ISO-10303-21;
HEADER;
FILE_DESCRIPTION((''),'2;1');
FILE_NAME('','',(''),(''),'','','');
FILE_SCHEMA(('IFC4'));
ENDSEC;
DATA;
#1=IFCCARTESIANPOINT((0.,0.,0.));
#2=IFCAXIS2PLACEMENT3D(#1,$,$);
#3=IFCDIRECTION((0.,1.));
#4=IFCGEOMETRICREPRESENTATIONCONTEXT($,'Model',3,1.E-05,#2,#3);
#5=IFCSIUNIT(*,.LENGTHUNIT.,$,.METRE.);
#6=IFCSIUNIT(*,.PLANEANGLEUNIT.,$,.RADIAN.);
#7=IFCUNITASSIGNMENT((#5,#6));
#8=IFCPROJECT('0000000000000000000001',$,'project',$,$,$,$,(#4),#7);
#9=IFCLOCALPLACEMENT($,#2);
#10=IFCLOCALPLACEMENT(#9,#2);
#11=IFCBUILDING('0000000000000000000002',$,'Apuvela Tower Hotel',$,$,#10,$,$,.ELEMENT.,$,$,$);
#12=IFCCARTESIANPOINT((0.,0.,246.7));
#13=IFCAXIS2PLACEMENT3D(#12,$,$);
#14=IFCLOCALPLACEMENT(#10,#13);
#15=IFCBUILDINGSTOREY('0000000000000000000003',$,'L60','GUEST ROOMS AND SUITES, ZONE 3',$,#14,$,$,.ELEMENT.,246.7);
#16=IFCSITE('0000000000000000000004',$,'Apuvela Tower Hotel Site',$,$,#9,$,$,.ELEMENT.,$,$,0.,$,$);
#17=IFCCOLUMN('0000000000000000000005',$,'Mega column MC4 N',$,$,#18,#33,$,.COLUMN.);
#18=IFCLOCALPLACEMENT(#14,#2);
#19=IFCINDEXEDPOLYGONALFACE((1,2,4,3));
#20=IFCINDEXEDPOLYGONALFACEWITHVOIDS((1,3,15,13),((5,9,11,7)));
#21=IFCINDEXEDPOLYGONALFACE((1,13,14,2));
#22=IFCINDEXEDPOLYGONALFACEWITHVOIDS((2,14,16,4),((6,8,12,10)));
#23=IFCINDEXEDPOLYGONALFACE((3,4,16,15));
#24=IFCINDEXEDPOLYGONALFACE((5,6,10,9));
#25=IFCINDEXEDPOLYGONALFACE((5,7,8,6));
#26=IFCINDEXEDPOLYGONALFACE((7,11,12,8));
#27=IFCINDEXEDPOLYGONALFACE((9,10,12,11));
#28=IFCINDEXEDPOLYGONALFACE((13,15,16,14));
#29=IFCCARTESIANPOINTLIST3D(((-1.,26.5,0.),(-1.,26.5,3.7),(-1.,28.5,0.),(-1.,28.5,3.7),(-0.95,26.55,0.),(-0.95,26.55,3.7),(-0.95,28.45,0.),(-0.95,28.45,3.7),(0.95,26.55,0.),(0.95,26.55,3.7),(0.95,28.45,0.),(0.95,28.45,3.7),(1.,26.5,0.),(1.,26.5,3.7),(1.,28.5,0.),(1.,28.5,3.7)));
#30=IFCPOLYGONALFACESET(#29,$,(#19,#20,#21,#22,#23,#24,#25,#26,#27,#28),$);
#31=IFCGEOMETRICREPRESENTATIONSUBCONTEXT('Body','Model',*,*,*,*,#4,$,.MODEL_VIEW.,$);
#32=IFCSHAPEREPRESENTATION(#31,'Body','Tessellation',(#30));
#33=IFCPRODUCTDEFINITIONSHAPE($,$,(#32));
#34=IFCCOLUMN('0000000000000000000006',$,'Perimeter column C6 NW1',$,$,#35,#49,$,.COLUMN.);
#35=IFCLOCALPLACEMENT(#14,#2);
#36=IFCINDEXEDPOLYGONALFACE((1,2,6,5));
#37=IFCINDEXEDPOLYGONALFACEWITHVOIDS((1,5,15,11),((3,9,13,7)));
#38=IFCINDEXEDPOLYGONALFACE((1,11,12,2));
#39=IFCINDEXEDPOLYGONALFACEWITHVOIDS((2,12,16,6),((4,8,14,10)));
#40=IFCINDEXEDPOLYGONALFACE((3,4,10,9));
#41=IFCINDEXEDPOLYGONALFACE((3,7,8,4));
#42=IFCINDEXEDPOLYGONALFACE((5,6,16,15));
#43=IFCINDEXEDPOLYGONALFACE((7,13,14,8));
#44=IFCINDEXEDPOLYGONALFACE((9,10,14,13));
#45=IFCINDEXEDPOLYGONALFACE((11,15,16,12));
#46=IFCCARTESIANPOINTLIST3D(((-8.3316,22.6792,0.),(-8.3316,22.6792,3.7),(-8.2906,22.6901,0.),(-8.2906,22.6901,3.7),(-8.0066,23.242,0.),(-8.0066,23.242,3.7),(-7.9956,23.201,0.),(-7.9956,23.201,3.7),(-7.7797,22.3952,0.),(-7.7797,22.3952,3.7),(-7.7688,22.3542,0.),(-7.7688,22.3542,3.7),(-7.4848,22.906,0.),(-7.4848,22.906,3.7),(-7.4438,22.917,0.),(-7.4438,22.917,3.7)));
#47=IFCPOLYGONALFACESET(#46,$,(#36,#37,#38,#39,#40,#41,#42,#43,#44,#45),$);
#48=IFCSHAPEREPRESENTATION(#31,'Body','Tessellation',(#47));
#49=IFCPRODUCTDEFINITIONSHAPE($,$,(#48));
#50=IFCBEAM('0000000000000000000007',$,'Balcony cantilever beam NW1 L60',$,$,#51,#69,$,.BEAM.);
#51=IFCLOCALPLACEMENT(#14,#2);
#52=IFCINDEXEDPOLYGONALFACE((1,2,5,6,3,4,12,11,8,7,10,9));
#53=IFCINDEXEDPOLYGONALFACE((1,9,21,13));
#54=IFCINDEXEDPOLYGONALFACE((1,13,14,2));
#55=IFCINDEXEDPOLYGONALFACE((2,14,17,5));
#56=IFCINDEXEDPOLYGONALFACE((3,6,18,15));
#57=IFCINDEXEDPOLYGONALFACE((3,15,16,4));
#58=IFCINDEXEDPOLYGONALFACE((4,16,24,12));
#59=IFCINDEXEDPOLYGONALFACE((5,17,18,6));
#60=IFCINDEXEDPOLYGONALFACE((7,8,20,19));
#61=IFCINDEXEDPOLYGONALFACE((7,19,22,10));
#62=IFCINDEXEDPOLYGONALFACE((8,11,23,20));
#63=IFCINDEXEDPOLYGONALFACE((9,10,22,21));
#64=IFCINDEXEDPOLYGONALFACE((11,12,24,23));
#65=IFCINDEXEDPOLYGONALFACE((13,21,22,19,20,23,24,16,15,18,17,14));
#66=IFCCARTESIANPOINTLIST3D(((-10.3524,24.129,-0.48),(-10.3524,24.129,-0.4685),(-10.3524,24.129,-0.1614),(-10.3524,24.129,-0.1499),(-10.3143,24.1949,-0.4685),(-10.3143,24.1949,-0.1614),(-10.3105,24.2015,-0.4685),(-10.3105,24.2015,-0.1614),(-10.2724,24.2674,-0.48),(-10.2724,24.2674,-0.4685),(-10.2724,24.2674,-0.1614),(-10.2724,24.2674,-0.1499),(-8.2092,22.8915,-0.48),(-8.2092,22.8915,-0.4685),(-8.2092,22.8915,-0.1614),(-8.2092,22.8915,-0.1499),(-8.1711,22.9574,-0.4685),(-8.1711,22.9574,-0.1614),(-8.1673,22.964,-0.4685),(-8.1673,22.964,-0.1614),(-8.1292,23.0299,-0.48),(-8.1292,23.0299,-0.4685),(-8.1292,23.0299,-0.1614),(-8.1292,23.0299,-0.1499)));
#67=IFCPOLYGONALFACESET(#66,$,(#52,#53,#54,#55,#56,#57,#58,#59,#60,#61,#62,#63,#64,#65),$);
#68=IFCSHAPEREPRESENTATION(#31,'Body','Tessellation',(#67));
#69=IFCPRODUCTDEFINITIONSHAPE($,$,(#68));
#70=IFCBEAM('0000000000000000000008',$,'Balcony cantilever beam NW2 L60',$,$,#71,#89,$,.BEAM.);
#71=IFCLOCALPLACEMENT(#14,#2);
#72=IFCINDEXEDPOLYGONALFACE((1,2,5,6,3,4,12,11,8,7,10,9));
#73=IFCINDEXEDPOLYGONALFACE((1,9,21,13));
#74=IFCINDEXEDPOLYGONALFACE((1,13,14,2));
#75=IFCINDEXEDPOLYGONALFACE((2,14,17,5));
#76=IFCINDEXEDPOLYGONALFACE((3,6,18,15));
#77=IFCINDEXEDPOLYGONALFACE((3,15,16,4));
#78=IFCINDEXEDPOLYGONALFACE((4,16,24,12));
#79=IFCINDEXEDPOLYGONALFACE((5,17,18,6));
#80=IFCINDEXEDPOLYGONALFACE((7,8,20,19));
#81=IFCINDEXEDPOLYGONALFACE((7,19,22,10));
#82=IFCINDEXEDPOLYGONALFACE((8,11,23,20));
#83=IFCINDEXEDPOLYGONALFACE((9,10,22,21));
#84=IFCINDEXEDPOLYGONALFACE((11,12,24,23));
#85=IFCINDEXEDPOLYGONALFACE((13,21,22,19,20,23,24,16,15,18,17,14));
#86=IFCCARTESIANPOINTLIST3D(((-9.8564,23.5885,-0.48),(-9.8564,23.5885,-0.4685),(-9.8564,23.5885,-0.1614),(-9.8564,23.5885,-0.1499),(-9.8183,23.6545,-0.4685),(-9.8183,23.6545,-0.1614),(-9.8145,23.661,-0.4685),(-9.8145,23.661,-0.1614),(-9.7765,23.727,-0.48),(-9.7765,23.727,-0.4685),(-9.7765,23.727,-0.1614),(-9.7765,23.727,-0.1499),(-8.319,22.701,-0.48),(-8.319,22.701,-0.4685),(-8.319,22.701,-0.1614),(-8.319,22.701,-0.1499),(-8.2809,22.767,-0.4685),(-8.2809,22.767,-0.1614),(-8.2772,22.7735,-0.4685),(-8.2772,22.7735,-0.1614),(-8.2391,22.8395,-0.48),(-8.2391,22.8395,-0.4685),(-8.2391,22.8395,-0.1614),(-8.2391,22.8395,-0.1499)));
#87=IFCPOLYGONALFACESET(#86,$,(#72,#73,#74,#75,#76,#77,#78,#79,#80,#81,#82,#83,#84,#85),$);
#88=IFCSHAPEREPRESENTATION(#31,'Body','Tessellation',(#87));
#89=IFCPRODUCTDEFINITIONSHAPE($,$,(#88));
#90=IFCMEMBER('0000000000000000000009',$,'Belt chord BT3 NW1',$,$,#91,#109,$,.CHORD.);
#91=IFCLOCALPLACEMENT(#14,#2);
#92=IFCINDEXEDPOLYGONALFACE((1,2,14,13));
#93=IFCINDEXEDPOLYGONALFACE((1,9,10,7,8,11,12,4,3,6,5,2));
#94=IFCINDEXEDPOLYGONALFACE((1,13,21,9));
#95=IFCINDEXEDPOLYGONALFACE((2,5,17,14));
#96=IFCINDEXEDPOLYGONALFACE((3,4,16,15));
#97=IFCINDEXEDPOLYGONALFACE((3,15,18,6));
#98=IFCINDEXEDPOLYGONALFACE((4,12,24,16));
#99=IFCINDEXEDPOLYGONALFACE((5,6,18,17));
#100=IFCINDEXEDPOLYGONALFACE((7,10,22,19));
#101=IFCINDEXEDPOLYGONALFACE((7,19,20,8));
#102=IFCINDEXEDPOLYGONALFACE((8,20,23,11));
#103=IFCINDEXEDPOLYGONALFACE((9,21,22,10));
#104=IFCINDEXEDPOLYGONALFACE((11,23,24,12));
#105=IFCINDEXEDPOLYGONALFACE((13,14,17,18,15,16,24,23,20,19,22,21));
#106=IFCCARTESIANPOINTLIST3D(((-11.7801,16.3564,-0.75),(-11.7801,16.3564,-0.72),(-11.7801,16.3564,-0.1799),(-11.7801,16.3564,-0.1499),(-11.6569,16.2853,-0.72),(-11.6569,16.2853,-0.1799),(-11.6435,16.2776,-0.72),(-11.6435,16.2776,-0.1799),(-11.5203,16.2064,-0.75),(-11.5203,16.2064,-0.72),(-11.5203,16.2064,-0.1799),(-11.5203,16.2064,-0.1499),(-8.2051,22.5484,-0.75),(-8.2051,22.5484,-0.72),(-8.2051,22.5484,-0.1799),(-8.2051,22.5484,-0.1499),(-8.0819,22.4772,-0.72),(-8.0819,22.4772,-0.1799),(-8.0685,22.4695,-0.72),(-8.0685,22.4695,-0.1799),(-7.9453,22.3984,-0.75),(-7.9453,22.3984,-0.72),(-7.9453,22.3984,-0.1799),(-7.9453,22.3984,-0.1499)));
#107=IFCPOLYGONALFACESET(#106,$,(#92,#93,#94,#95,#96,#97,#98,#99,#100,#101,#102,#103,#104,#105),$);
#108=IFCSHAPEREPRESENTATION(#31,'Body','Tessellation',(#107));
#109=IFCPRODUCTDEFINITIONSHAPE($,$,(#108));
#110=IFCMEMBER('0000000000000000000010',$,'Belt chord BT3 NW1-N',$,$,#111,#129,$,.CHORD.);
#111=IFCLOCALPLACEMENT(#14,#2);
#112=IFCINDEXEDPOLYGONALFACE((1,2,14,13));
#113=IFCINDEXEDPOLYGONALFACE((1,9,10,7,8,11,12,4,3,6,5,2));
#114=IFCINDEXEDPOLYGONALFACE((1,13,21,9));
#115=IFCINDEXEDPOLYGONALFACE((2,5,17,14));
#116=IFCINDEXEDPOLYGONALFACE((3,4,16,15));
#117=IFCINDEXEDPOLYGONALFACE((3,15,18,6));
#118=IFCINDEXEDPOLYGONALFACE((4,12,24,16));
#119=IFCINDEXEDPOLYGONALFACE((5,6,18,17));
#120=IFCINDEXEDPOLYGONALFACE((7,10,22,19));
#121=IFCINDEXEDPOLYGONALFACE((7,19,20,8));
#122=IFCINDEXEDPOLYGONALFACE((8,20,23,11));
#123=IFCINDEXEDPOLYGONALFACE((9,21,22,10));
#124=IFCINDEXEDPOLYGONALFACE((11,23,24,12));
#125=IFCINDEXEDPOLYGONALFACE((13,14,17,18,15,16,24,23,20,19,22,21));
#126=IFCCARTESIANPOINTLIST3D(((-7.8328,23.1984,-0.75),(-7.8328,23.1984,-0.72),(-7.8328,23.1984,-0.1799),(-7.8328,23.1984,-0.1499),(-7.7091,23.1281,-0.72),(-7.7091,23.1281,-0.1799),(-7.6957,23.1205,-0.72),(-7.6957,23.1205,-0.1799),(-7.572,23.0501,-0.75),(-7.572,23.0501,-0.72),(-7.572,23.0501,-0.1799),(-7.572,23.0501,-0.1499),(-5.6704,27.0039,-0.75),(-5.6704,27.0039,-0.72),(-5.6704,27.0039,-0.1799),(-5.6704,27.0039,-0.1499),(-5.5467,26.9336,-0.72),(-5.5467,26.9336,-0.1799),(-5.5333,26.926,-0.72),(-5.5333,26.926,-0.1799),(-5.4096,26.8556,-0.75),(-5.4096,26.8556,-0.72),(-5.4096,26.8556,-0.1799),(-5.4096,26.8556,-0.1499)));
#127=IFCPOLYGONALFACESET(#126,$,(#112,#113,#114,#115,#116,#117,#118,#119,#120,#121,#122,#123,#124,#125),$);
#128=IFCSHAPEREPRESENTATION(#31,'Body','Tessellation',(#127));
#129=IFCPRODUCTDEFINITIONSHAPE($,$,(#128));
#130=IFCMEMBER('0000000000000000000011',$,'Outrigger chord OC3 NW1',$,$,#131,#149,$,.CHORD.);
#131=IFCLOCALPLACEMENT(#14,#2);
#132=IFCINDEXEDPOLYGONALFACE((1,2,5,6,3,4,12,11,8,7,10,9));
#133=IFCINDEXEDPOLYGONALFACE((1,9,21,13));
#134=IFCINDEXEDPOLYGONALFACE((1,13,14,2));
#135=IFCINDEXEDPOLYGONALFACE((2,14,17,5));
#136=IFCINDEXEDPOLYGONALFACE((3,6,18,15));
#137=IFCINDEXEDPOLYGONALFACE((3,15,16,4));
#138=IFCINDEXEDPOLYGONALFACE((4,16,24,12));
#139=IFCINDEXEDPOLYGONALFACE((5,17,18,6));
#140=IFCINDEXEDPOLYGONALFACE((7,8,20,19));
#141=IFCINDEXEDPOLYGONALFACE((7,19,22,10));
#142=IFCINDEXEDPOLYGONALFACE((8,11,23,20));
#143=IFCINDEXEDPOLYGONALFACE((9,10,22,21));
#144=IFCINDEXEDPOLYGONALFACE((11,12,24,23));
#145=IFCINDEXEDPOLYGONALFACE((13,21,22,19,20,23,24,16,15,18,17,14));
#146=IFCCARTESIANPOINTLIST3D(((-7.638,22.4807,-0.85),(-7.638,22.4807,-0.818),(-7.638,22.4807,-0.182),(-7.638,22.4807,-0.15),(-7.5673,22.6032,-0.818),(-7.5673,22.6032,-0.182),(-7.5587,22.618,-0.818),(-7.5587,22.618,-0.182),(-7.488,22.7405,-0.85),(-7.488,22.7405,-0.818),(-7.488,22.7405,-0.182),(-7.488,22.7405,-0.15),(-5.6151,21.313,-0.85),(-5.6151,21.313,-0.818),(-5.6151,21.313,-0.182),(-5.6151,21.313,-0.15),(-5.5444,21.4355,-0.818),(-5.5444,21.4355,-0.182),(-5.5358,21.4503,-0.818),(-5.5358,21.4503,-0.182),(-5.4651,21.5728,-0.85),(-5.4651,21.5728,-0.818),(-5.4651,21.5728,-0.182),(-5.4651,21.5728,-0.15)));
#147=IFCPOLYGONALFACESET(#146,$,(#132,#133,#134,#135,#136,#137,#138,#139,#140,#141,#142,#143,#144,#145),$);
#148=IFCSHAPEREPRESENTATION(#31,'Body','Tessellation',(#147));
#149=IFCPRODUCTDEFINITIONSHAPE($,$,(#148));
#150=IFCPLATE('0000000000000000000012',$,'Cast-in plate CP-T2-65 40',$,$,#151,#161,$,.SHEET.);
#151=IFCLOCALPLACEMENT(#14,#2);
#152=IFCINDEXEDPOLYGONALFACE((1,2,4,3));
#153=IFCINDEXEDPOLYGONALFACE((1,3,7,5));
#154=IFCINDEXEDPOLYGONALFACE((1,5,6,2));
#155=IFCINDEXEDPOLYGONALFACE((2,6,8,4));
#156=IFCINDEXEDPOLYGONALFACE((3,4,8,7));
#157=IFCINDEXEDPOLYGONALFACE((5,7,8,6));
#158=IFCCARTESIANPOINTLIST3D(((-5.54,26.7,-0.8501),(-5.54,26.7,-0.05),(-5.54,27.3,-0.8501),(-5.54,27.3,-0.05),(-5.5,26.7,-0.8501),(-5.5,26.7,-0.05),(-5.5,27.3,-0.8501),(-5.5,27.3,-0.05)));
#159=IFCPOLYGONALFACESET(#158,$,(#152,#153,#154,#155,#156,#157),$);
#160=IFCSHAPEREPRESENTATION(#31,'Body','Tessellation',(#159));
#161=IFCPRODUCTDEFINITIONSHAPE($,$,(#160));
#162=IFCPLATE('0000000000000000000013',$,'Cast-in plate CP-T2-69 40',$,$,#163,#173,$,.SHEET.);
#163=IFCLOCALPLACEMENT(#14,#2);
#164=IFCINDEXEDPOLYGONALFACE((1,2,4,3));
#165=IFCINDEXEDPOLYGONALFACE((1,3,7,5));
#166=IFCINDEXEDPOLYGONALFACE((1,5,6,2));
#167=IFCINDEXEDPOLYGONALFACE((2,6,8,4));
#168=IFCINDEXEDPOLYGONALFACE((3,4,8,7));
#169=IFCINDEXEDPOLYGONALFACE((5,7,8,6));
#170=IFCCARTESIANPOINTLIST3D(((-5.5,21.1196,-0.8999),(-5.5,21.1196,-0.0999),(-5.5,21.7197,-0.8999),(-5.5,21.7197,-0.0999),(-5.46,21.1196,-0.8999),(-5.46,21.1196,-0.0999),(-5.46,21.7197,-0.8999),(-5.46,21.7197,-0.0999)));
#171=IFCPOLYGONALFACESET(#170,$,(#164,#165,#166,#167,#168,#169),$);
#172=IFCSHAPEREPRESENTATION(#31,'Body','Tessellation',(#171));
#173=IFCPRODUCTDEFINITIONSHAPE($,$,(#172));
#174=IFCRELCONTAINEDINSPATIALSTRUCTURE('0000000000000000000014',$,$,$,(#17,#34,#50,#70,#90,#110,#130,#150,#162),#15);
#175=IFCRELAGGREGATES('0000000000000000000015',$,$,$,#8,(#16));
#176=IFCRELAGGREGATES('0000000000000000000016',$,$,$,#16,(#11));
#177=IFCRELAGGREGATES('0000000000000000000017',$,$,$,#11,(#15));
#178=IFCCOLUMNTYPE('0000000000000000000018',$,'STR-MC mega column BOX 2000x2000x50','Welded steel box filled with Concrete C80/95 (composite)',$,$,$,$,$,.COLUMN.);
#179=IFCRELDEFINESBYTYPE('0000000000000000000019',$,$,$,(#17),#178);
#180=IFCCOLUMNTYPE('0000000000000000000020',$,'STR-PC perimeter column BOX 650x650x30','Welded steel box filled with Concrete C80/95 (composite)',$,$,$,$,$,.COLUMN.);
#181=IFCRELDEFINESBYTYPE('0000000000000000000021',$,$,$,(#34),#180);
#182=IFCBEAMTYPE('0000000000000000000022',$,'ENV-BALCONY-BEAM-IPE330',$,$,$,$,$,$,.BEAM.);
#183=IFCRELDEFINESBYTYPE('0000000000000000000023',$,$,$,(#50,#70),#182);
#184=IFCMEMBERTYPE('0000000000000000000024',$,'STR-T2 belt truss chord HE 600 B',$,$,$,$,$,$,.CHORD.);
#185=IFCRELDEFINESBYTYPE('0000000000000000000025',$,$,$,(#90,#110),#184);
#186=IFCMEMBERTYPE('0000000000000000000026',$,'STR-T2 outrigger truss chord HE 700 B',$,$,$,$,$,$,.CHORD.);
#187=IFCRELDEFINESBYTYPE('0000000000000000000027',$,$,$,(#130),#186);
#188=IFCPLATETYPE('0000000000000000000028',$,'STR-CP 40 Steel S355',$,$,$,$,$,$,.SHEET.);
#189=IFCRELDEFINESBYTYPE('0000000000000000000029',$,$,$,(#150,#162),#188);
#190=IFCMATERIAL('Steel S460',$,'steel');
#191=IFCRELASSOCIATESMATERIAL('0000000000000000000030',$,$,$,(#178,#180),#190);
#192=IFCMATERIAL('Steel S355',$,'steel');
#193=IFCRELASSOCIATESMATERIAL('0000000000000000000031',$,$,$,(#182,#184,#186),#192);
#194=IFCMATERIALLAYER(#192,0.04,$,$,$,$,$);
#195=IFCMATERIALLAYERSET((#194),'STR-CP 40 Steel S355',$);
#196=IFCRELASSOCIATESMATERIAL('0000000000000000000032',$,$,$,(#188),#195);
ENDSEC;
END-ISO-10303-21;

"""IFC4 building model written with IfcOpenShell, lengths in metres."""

from ifc_helpers import new_model, si_unit, direction, frame, origin, origin_2d, place, context, subcontext, project, spatial, rectangle, hollow_rectangle, i_section, extrude, material, layer, layer_set, material_profile, profile_set, type_object, element, save


model = new_model("IFC4")

# Units and contexts
model_context = context("Model", 3, precision=1e-05, world=origin(), true_north=direction((0.0, 1.0)))
body_context = subcontext(model_context, "Body", "Model", "MODEL_VIEW")
ifc_project = project(units=[si_unit("LENGTHUNIT", "METRE"), si_unit("PLANEANGLEUNIT", "RADIAN")], contexts=[model_context])

# Site, building, storey
site_placement = place(None, origin())
site = spatial("IfcSite", under=ifc_project, at=site_placement, Name="Apuvela Tower Hotel Site", CompositionType="ELEMENT", RefElevation=0.0)
building_placement = place(site_placement, origin())
building = spatial("IfcBuilding", under=site, at=building_placement, Name="Apuvela Tower Hotel", CompositionType="ELEMENT")
storey_placement = place(building_placement, frame((0.0, 0.0, 246.7)))
storey = spatial("IfcBuildingStorey", under=building, at=storey_placement, Name="L60", Description="GUEST ROOMS AND SUITES, ZONE 3", CompositionType="ELEMENT", Elevation=246.7)

# Columns
ifc_material_1 = material(Name="Steel S460", Category="steel")
ifc_material_profile_1 = material_profile(ifc_material_1, hollow_rectangle(XDim=2.0, YDim=2.0, WallThickness=0.05, at=origin_2d()), Name="BOX 2000x2000x50")
ifc_material_2 = material(Name="Concrete C80/95", Category="concrete")
ifc_material_profile_2 = material_profile(ifc_material_2, rectangle(XDim=1.8999, YDim=1.8999, at=origin_2d()), Name="Concrete C80/95 infill")
ifc_profile_set_1 = profile_set([ifc_material_profile_1, ifc_material_profile_2], Name="Steel S460")
column_type_1 = type_object("IfcColumnType", Name="STR-MC mega column BOX 2000x2000x50", Description="Welded steel box filled with Concrete C80/95 (composite)", PredefinedType="COLUMN", material=ifc_profile_set_1)
column_1_placement = place(storey_placement, frame((0.0, 27.5, 0.0), z_axis=(0.0, 0.0, 1.0), x_axis=(1.0, 0.0, 0.0)))
element("IfcColumn", 1, at=column_1_placement, inside=storey, type_object=column_type_1, Name="Mega column MC4 N", PredefinedType="COLUMN", context=body_context, shape_type="SweptSolid", body=[
    extrude(hollow_rectangle(XDim=2.0, YDim=2.0, WallThickness=0.05, at=origin_2d()), origin(), (0.0, 0.0, 1.0), 3.7),
])
ifc_material_profile_3 = material_profile(ifc_material_1, hollow_rectangle(XDim=0.6499, YDim=0.6499, WallThickness=0.03, at=origin_2d()), Name="BOX 650x650x30")
ifc_material_profile_4 = material_profile(ifc_material_2, rectangle(XDim=0.5901, YDim=0.5901, at=origin_2d()), Name="Concrete C80/95 infill")
ifc_profile_set_2 = profile_set([ifc_material_profile_3, ifc_material_profile_4], Name="Steel S460")
column_type_2 = type_object("IfcColumnType", Name="STR-PC perimeter column BOX 650x650x30", Description="Welded steel box filled with Concrete C80/95 (composite)", PredefinedType="COLUMN", material=ifc_profile_set_2)
column_2_placement = place(storey_placement, frame((-7.8877, 22.7981, 0.0), z_axis=(0.0, 0.0, 1.0), x_axis=(0.5, 0.866025, 0.0)))
element("IfcColumn", 2, at=column_2_placement, inside=storey, type_object=column_type_2, Name="Perimeter column C6 NW1", PredefinedType="COLUMN", context=body_context, shape_type="SweptSolid", body=[
    extrude(hollow_rectangle(XDim=0.6499, YDim=0.6499, WallThickness=0.03, at=origin_2d()), origin(), (0.0, 0.0, 1.0), 3.7),
])

# Beams
ifc_material_3 = material(Name="Steel S355", Category="steel")
ifc_material_profile_5 = material_profile(ifc_material_3, i_section(OverallWidth=0.1599, OverallDepth=0.3301, WebThickness=0.0076, FlangeThickness=0.0115, at=origin_2d()), Name="IPE 330")
ifc_profile_set_3 = profile_set([ifc_material_profile_5], Name="Steel S355")
beam_type = type_object("IfcBeamType", Name="ENV-BALCONY-BEAM-IPE330", PredefinedType="BEAM", material=ifc_profile_set_3)
beam_1_placement = place(storey_placement, frame((-8.1692, 22.9607, -0.3149), z_axis=(-0.866007, 0.500033, 0.0), x_axis=(-0.500033, -0.866007, 0.0)))
element("IfcBeam", 3, at=beam_1_placement, inside=storey, type_object=beam_type, Name="Balcony cantilever beam NW1 L60", PredefinedType="BEAM", context=body_context, shape_type="SweptSolid", body=[
    extrude(i_section(OverallWidth=0.1599, OverallDepth=0.3301, WebThickness=0.0076, FlangeThickness=0.0115, at=origin_2d()), origin(), (0.0, 0.0, 1.0), 2.4749),
])
beam_2_placement = place(storey_placement, frame((-8.2791, 22.7703, -0.3149), z_axis=(-0.86606, 0.499941, 0.0), x_axis=(-0.499941, -0.86606, 0.0)))
element("IfcBeam", 4, at=beam_2_placement, inside=storey, type_object=beam_type, Name="Balcony cantilever beam NW2 L60", PredefinedType="BEAM", context=body_context, shape_type="SweptSolid", body=[
    extrude(i_section(OverallWidth=0.1599, OverallDepth=0.3301, WebThickness=0.0076, FlangeThickness=0.0115, at=origin_2d()), origin(), (0.0, 0.0, 1.0), 1.7751),
])

# Members
ifc_material_profile_6 = material_profile(ifc_material_3, i_section(OverallWidth=0.3, OverallDepth=0.6001, WebThickness=0.0154, FlangeThickness=0.03, at=origin_2d()), Name="HE 600 B")
ifc_profile_set_4 = profile_set([ifc_material_profile_6], Name="Steel S355")
member_type_1 = type_object("IfcMemberType", Name="STR-T2 belt truss chord HE 600 B", PredefinedType="CHORD", material=ifc_profile_set_4)
member_1_placement = place(storey_placement, frame((-8.0752, 22.4734, -0.45), z_axis=(-0.500006, -0.866022, 0.0), x_axis=(0.866022, -0.500006, 0.0)))
element("IfcMember", 5, at=member_1_placement, inside=storey, type_object=member_type_1, Name="Belt chord BT3 NW1", PredefinedType="CHORD", context=body_context, shape_type="SweptSolid", body=[
    extrude(i_section(OverallWidth=0.3, OverallDepth=0.6001, WebThickness=0.0154, FlangeThickness=0.03, at=origin_2d()), origin(), (0.0, 0.0, 1.0), 7.1499),
])
member_2_placement = place(storey_placement, frame((-7.7024, 23.1243, -0.45), z_axis=(0.494041, 0.869439, 0.0), x_axis=(-0.869439, 0.494041, 0.0)))
element("IfcMember", 6, at=member_2_placement, inside=storey, type_object=member_type_1, Name="Belt chord BT3 NW1-N", PredefinedType="CHORD", context=body_context, shape_type="SweptSolid", body=[
    extrude(i_section(OverallWidth=0.3, OverallDepth=0.6001, WebThickness=0.0154, FlangeThickness=0.03, at=origin_2d()), origin(), (0.0, 0.0, 1.0), 4.377),
])
ifc_material_profile_7 = material_profile(ifc_material_3, i_section(OverallWidth=0.3, OverallDepth=0.7, WebThickness=0.0171, FlangeThickness=0.032, at=origin_2d()), Name="HE 700 B")
ifc_profile_set_5 = profile_set([ifc_material_profile_7], Name="Steel S355")
member_type_2 = type_object("IfcMemberType", Name="STR-T2 outrigger truss chord HE 700 B", PredefinedType="CHORD", material=ifc_profile_set_5)
member_3_placement = place(storey_placement, frame((-7.563, 22.6106, -0.5), z_axis=(0.866067, -0.499928, 0.0), x_axis=(0.499928, 0.866067, 0.0)))
element("IfcMember", 7, at=member_3_placement, inside=storey, type_object=member_type_2, Name="Outrigger chord OC3 NW1", PredefinedType="CHORD", context=body_context, shape_type="SweptSolid", body=[
    extrude(i_section(OverallWidth=0.3, OverallDepth=0.7, WebThickness=0.0171, FlangeThickness=0.032, at=origin_2d()), origin(), (0.0, 0.0, 1.0), 2.3357),
])

# Plates
ifc_layer_1 = layer(ifc_material_3, 0.04)
ifc_layer_set_1 = layer_set([ifc_layer_1], Name="STR-CP 40 Steel S355")
plate_type = type_object("IfcPlateType", Name="STR-CP 40 Steel S355", PredefinedType="SHEET", material=ifc_layer_set_1)
for number, where, z_axis, x_axis, name in (
    (8, (-5.52, 27.0, -0.8501), (0.0, 0.0, 1.0), (-1.0, 0.0, 0.0), "Cast-in plate CP-T2-65 40"),
    (9, (-5.48, 21.4197, -0.8999), (0.0, 0.0, 1.0), (1.0, 0.0, 0.0), "Cast-in plate CP-T2-69 40"),
):
    element("IfcPlate", number, at=place(storey_placement, frame(where, z_axis=z_axis, x_axis=x_axis)), inside=storey, type_object=plate_type, Name=name, PredefinedType="SHEET", context=body_context, shape_type="SweptSolid", body=[
        extrude(rectangle(XDim=0.04, YDim=0.6001, at=origin_2d()), origin(), (0.0, 0.0, 1.0), 0.8),
    ])

save(model, "model.ifc")
